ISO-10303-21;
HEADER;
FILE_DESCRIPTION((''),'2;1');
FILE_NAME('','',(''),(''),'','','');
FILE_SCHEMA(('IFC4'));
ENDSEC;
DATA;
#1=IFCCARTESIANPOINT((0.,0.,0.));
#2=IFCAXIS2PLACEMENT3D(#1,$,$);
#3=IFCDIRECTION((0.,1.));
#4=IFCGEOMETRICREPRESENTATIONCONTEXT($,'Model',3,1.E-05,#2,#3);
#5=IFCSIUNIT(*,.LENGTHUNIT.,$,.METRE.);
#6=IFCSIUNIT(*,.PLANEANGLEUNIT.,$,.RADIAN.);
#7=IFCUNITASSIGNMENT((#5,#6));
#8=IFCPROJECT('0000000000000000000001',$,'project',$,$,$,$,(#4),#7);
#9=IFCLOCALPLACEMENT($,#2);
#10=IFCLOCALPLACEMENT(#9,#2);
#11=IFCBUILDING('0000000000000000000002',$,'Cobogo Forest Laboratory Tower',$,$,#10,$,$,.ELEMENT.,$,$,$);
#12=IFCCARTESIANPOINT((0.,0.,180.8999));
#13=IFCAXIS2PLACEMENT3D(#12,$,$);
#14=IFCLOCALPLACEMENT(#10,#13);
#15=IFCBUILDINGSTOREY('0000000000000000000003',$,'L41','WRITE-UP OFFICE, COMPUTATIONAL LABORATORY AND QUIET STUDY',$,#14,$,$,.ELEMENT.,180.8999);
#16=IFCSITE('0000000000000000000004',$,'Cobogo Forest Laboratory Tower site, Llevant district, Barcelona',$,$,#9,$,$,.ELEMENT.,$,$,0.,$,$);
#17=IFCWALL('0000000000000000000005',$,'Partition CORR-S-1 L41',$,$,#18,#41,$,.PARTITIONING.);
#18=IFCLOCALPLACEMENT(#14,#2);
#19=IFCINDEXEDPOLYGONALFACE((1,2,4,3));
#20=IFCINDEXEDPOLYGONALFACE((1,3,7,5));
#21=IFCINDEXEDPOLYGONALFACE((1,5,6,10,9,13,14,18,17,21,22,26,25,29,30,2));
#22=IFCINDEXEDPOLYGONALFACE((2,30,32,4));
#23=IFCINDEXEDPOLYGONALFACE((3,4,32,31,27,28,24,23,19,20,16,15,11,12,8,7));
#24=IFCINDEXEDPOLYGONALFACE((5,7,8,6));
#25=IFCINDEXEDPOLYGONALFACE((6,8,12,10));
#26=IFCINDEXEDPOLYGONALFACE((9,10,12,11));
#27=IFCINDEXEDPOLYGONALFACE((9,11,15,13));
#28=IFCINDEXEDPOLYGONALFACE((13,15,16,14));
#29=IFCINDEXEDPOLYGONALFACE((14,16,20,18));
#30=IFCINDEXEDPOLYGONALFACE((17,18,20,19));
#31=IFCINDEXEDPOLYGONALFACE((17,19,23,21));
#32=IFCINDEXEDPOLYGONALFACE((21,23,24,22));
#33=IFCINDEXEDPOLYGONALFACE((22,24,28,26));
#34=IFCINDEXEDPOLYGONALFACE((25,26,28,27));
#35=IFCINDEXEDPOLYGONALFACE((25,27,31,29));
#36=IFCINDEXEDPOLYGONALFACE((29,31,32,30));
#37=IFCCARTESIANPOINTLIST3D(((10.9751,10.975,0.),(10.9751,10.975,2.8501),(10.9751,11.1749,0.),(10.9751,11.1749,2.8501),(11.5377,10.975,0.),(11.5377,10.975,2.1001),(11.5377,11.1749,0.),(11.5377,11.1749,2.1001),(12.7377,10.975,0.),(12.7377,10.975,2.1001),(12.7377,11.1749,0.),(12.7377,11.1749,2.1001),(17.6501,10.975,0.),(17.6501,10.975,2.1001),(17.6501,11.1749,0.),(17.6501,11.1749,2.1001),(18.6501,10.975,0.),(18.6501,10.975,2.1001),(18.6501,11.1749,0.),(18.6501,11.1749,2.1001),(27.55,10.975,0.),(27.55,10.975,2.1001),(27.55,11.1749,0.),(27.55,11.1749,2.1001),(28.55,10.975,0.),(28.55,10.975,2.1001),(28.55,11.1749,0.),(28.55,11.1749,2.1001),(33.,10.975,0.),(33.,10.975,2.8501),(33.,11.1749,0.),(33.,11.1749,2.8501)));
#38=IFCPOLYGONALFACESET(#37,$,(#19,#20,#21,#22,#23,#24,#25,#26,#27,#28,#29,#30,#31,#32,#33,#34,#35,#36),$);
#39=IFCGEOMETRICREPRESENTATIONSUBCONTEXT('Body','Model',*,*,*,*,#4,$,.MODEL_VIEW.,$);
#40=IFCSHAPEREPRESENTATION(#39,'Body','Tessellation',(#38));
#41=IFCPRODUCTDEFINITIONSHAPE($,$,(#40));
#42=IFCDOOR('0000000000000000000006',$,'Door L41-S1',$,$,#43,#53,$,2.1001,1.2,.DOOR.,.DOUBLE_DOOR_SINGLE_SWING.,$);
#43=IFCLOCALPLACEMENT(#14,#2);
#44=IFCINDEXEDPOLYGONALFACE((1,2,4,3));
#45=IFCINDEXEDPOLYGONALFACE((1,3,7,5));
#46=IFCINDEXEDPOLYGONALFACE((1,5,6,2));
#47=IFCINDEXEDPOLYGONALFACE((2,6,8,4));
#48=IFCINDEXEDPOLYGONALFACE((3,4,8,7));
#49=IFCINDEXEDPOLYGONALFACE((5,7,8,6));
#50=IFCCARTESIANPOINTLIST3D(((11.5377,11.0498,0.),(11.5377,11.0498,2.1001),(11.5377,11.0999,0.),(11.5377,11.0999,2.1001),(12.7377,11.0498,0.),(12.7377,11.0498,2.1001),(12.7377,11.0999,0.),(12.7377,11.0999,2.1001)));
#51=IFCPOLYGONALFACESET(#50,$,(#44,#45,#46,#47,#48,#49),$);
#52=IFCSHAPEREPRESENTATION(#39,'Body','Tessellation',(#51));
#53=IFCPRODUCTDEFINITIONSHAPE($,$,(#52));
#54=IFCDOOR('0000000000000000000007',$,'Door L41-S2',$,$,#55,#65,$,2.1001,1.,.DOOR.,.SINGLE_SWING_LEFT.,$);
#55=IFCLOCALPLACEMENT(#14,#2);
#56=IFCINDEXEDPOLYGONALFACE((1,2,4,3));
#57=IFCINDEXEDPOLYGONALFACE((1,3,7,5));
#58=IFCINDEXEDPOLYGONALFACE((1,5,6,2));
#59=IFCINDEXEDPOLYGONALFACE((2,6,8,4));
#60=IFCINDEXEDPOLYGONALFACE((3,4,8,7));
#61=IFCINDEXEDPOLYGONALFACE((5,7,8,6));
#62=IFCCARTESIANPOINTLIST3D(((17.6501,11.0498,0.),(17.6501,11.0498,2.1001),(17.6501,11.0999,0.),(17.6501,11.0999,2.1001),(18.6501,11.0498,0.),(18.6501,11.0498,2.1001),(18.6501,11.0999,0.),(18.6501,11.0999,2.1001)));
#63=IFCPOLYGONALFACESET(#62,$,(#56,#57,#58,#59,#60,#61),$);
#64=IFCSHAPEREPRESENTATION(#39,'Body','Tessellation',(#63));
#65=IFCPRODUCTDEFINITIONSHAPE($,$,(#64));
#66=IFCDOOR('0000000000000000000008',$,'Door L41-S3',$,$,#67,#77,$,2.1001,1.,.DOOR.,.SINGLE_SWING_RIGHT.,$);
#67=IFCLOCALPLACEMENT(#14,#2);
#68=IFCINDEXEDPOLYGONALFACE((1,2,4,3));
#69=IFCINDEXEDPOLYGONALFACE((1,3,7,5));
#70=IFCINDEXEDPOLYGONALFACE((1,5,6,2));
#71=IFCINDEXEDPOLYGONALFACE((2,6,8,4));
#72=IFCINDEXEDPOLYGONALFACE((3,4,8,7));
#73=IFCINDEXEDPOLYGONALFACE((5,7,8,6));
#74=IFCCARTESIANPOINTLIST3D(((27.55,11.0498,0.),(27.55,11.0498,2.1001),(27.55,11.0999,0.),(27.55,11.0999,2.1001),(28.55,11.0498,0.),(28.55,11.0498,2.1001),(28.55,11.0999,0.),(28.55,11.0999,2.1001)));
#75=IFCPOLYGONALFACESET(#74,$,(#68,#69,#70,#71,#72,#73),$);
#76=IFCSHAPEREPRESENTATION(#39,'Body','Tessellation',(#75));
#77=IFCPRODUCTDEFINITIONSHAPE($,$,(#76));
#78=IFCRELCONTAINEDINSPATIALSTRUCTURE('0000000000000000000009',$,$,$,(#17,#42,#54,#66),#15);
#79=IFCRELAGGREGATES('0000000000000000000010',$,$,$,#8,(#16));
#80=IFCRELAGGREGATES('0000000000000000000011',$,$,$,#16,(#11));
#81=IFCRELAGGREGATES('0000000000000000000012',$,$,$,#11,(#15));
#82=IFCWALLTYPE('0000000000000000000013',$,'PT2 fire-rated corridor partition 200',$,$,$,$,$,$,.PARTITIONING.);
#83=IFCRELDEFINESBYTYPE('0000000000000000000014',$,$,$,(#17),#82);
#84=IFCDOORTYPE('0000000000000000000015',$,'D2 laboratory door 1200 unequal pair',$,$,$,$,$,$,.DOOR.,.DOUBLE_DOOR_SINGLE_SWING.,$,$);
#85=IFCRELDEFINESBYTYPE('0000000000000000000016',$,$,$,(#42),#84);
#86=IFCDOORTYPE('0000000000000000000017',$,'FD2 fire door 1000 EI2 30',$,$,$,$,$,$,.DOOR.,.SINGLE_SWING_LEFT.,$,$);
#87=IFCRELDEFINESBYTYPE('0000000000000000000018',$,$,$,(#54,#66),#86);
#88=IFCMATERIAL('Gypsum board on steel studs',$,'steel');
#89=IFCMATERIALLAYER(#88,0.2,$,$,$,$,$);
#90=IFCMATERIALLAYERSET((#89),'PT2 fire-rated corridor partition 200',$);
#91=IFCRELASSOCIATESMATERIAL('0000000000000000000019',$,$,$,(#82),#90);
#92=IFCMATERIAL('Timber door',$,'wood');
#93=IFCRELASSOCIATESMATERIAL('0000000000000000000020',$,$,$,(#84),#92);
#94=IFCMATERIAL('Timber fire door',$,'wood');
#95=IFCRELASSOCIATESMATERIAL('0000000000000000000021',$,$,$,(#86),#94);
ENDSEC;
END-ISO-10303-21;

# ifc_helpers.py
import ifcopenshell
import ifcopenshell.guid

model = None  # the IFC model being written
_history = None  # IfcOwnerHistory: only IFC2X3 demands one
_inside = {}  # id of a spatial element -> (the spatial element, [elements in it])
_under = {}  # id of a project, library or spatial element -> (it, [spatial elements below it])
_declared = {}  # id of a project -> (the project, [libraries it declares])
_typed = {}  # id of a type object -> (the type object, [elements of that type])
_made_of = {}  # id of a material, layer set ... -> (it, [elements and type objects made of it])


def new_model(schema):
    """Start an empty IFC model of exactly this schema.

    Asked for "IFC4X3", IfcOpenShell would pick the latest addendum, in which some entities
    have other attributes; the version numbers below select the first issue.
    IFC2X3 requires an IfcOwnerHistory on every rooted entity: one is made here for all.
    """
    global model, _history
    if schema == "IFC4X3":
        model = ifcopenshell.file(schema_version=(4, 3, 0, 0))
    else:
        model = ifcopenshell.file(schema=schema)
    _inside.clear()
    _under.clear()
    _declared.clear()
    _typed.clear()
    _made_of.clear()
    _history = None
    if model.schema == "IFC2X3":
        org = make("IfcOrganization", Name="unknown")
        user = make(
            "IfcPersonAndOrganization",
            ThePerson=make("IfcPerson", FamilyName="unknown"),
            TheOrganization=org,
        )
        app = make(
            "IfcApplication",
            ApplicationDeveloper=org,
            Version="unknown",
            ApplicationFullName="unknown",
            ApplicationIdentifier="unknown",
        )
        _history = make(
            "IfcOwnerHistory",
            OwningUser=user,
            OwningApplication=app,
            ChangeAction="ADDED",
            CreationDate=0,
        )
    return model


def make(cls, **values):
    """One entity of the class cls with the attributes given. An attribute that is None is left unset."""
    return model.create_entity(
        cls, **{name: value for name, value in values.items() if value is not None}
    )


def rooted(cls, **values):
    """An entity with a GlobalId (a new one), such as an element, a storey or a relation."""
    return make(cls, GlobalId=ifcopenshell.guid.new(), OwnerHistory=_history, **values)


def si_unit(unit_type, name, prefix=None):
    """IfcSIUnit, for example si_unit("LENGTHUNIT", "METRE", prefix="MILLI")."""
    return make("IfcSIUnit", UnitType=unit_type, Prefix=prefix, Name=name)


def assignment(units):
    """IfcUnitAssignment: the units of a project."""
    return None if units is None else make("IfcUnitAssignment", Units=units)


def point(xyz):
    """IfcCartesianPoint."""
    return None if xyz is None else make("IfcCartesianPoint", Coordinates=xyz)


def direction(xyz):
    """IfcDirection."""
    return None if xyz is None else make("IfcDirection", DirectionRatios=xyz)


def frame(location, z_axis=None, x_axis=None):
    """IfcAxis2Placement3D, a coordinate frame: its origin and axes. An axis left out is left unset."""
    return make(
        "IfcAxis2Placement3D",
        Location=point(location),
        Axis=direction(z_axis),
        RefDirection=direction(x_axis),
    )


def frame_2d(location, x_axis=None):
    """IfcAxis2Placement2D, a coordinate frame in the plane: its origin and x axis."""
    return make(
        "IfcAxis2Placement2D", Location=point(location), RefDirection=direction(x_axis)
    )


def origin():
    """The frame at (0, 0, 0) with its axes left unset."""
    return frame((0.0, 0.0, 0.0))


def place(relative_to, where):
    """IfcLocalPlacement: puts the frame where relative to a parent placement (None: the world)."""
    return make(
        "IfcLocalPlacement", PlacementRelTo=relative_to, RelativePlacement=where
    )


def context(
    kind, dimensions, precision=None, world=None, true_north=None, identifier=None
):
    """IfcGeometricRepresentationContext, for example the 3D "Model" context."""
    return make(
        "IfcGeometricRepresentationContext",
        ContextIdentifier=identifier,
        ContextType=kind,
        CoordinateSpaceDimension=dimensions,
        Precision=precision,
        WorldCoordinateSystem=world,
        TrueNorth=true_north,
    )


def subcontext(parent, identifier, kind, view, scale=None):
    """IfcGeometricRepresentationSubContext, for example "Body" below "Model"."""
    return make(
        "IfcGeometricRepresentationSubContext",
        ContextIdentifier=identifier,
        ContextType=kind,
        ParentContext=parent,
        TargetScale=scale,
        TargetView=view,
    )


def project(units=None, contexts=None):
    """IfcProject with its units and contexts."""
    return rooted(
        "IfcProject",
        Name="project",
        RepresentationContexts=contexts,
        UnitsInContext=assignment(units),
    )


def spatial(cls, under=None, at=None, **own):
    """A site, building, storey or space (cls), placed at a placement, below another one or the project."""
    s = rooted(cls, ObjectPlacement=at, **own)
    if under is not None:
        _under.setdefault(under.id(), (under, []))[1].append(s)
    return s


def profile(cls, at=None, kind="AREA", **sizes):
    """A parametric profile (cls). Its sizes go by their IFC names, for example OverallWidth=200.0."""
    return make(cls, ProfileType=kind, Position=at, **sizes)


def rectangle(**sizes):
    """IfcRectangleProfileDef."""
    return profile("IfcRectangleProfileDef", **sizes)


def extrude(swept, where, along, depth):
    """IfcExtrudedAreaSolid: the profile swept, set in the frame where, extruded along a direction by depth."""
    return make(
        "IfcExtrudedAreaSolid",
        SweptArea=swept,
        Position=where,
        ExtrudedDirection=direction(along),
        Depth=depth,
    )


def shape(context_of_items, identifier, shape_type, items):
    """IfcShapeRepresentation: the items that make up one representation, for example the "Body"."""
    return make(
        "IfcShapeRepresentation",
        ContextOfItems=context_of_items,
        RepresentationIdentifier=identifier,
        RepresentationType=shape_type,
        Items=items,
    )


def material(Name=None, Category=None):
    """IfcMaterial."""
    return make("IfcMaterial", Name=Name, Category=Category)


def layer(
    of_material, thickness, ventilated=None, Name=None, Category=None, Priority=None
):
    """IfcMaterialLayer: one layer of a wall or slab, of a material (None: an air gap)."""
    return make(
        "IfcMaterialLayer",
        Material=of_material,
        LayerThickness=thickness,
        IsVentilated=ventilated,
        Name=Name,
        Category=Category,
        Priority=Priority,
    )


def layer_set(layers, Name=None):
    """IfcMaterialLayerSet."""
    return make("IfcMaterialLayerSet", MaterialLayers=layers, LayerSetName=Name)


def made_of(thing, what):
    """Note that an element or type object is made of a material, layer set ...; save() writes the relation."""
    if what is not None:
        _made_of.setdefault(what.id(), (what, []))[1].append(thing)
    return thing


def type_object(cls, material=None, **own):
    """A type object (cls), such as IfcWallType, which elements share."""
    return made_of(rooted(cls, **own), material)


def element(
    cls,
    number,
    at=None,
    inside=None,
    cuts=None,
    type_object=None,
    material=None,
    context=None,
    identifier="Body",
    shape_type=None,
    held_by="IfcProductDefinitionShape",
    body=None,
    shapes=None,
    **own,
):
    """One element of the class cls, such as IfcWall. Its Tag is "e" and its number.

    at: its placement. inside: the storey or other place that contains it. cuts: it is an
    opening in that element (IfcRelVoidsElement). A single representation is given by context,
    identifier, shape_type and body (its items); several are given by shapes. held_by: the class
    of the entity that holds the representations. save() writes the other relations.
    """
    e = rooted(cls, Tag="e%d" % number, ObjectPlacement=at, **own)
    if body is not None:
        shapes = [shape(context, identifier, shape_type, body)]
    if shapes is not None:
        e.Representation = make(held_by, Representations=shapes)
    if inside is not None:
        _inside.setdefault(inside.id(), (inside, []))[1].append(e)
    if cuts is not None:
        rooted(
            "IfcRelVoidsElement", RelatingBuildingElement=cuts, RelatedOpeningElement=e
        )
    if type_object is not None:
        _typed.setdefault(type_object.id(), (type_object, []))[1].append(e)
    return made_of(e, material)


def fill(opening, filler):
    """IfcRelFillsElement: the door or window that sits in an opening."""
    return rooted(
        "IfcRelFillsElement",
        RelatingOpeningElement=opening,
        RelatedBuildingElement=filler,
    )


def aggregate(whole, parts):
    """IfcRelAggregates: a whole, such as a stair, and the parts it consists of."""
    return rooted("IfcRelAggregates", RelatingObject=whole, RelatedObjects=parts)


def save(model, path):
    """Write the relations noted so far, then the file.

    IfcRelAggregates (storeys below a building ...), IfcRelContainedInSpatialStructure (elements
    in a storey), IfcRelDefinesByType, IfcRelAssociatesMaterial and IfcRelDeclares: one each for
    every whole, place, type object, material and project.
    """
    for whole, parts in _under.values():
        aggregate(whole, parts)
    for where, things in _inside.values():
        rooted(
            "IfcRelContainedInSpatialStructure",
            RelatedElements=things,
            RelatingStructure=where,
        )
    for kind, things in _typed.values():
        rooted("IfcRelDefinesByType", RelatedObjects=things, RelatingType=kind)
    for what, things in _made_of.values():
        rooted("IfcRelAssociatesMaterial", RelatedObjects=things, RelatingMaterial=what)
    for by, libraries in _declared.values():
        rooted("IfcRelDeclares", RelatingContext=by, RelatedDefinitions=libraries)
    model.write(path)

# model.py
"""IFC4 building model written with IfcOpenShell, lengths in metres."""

from ifc_helpers import new_model, si_unit, direction, frame, frame_2d, origin, place, context, subcontext, project, spatial, rectangle, extrude, material, layer, layer_set, type_object, element, fill, save


model = new_model("IFC4")

# Units and contexts
model_context = context("Model", 3, precision=1e-05, world=origin(), true_north=direction((0.0, 1.0)))
body_context = subcontext(model_context, "Body", "Model", "MODEL_VIEW")
ifc_project = project(units=[si_unit("LENGTHUNIT", "METRE"), si_unit("PLANEANGLEUNIT", "RADIAN")], contexts=[model_context])

# Site, building, storey
site_placement = place(None, origin())
site = spatial("IfcSite", under=ifc_project, at=site_placement, Name="Cobogo Forest Laboratory Tower site, Llevant district, Barcelona", CompositionType="ELEMENT", RefElevation=0.0)
building_placement = place(site_placement, origin())
building = spatial("IfcBuilding", under=site, at=building_placement, Name="Cobogo Forest Laboratory Tower", CompositionType="ELEMENT")
storey_placement = place(building_placement, frame((0.0, 0.0, 180.8999)))
storey = spatial("IfcBuildingStorey", under=building, at=storey_placement, Name="L41", Description="WRITE-UP OFFICE, COMPUTATIONAL LABORATORY AND QUIET STUDY", CompositionType="ELEMENT", Elevation=180.8999)

# Shared definitions
ifc_material_1 = material(Name="Gypsum board on steel studs", Category="steel")

# Wall, openings, doors
ifc_layer_1 = layer(ifc_material_1, 0.2)
ifc_layer_set_1 = layer_set([ifc_layer_1], Name="PT2 fire-rated corridor partition 200")
wall_type_1 = type_object("IfcWallType", Name="PT2 fire-rated corridor partition 200", PredefinedType="PARTITIONING", material=ifc_layer_set_1)
wall_1_placement = place(storey_placement, frame((10.9751, 11.075, 0.0), z_axis=(0.0, 0.0, 1.0), x_axis=(1.0, 0.0, 0.0)))
wall_1 = element("IfcWall", 1, at=wall_1_placement, inside=storey, type_object=wall_type_1, Name="Partition CORR-S-1 L41", PredefinedType="PARTITIONING", context=body_context, shape_type="SweptSolid", body=[
    extrude(rectangle(XDim=22.0249, YDim=0.2, at=frame_2d((11.0125, 0.0))), origin(), (0.0, 0.0, 1.0), 2.8501),
])
opening_1_placement = place(wall_1_placement, frame((0.5625, 0.0, 0.0)))
opening_1 = element("IfcOpeningElement", 2, at=opening_1_placement, cuts=wall_1, PredefinedType="OPENING", context=body_context, shape_type="SweptSolid", body=[
    extrude(rectangle(XDim=1.2, YDim=2.1001, at=frame_2d((0.6001, 1.05))), frame((0.0, 0.1099, 0.0), z_axis=(0.0, -1.0, 0.0), x_axis=(1.0, 0.0, 0.0)), (0.0, 0.0, 1.0), 0.22),
])
opening_2_placement = place(wall_1_placement, frame((6.675, 0.0, 0.0)))
opening_2 = element("IfcOpeningElement", 3, at=opening_2_placement, cuts=wall_1, PredefinedType="OPENING", context=body_context, shape_type="SweptSolid", body=[
    extrude(rectangle(XDim=1.0, YDim=2.1001, at=frame_2d((0.5, 1.05))), frame((0.0, 0.1099, 0.0), z_axis=(0.0, -1.0, 0.0), x_axis=(1.0, 0.0, 0.0)), (0.0, 0.0, 1.0), 0.22),
])
opening_3_placement = place(wall_1_placement, frame((16.575, 0.0, 0.0)))
opening_3 = element("IfcOpeningElement", 4, at=opening_3_placement, cuts=wall_1, PredefinedType="OPENING", context=body_context, shape_type="SweptSolid", body=[
    extrude(rectangle(XDim=1.0, YDim=2.1001, at=frame_2d((0.5, 1.05))), frame((0.0, 0.1099, 0.0), z_axis=(0.0, -1.0, 0.0), x_axis=(1.0, 0.0, 0.0)), (0.0, 0.0, 1.0), 0.22),
])
ifc_material_2 = material(Name="Timber door", Category="wood")
door_type_1 = type_object("IfcDoorType", Name="D2 laboratory door 1200 unequal pair", OperationType="DOUBLE_DOOR_SINGLE_SWING", PredefinedType="DOOR", material=ifc_material_2)
door_1_placement = place(opening_1_placement, origin())
door_1 = element("IfcDoor", 5, at=door_1_placement, inside=storey, type_object=door_type_1, Name="Door L41-S1", OperationType="DOUBLE_DOOR_SINGLE_SWING", OverallHeight=2.1001, OverallWidth=1.2, PredefinedType="DOOR", context=body_context, shape_type="SweptSolid", body=[
    extrude(rectangle(XDim=1.2, YDim=2.1001, at=frame_2d((0.6001, 1.05))), frame((0.0, 0.0249, 0.0), z_axis=(0.0, -1.0, 0.0), x_axis=(1.0, 0.0, 0.0)), (0.0, 0.0, 1.0), 0.05),
])
fill(opening_1, door_1)
ifc_material_3 = material(Name="Timber fire door", Category="wood")
door_type_2 = type_object("IfcDoorType", Name="FD2 fire door 1000 EI2 30", OperationType="SINGLE_SWING_LEFT", PredefinedType="DOOR", material=ifc_material_3)
door_2_placement = place(opening_2_placement, origin())
door_2 = element("IfcDoor", 6, at=door_2_placement, inside=storey, type_object=door_type_2, Name="Door L41-S2", OperationType="SINGLE_SWING_LEFT", OverallHeight=2.1001, OverallWidth=1.0, PredefinedType="DOOR", context=body_context, shape_type="SweptSolid", body=[
    extrude(rectangle(XDim=1.0, YDim=2.1001, at=frame_2d((0.5, 1.05))), frame((0.0, 0.0249, 0.0), z_axis=(0.0, -1.0, 0.0), x_axis=(1.0, 0.0, 0.0)), (0.0, 0.0, 1.0), 0.05),
])
fill(opening_2, door_2)
door_3_placement = place(opening_3_placement, origin())
door_3 = element("IfcDoor", 7, at=door_3_placement, inside=storey, type_object=door_type_2, Name="Door L41-S3", OperationType="SINGLE_SWING_RIGHT", OverallHeight=2.1001, OverallWidth=1.0, PredefinedType="DOOR", context=body_context, shape_type="SweptSolid", body=[
    extrude(rectangle(XDim=1.0, YDim=2.1001, at=frame_2d((0.5, 1.05))), frame((0.0, 0.0249, 0.0), z_axis=(0.0, -1.0, 0.0), x_axis=(1.0, 0.0, 0.0)), (0.0, 0.0, 1.0), 0.05),
])
fill(opening_3, door_3)

save(model, "model.ifc")
